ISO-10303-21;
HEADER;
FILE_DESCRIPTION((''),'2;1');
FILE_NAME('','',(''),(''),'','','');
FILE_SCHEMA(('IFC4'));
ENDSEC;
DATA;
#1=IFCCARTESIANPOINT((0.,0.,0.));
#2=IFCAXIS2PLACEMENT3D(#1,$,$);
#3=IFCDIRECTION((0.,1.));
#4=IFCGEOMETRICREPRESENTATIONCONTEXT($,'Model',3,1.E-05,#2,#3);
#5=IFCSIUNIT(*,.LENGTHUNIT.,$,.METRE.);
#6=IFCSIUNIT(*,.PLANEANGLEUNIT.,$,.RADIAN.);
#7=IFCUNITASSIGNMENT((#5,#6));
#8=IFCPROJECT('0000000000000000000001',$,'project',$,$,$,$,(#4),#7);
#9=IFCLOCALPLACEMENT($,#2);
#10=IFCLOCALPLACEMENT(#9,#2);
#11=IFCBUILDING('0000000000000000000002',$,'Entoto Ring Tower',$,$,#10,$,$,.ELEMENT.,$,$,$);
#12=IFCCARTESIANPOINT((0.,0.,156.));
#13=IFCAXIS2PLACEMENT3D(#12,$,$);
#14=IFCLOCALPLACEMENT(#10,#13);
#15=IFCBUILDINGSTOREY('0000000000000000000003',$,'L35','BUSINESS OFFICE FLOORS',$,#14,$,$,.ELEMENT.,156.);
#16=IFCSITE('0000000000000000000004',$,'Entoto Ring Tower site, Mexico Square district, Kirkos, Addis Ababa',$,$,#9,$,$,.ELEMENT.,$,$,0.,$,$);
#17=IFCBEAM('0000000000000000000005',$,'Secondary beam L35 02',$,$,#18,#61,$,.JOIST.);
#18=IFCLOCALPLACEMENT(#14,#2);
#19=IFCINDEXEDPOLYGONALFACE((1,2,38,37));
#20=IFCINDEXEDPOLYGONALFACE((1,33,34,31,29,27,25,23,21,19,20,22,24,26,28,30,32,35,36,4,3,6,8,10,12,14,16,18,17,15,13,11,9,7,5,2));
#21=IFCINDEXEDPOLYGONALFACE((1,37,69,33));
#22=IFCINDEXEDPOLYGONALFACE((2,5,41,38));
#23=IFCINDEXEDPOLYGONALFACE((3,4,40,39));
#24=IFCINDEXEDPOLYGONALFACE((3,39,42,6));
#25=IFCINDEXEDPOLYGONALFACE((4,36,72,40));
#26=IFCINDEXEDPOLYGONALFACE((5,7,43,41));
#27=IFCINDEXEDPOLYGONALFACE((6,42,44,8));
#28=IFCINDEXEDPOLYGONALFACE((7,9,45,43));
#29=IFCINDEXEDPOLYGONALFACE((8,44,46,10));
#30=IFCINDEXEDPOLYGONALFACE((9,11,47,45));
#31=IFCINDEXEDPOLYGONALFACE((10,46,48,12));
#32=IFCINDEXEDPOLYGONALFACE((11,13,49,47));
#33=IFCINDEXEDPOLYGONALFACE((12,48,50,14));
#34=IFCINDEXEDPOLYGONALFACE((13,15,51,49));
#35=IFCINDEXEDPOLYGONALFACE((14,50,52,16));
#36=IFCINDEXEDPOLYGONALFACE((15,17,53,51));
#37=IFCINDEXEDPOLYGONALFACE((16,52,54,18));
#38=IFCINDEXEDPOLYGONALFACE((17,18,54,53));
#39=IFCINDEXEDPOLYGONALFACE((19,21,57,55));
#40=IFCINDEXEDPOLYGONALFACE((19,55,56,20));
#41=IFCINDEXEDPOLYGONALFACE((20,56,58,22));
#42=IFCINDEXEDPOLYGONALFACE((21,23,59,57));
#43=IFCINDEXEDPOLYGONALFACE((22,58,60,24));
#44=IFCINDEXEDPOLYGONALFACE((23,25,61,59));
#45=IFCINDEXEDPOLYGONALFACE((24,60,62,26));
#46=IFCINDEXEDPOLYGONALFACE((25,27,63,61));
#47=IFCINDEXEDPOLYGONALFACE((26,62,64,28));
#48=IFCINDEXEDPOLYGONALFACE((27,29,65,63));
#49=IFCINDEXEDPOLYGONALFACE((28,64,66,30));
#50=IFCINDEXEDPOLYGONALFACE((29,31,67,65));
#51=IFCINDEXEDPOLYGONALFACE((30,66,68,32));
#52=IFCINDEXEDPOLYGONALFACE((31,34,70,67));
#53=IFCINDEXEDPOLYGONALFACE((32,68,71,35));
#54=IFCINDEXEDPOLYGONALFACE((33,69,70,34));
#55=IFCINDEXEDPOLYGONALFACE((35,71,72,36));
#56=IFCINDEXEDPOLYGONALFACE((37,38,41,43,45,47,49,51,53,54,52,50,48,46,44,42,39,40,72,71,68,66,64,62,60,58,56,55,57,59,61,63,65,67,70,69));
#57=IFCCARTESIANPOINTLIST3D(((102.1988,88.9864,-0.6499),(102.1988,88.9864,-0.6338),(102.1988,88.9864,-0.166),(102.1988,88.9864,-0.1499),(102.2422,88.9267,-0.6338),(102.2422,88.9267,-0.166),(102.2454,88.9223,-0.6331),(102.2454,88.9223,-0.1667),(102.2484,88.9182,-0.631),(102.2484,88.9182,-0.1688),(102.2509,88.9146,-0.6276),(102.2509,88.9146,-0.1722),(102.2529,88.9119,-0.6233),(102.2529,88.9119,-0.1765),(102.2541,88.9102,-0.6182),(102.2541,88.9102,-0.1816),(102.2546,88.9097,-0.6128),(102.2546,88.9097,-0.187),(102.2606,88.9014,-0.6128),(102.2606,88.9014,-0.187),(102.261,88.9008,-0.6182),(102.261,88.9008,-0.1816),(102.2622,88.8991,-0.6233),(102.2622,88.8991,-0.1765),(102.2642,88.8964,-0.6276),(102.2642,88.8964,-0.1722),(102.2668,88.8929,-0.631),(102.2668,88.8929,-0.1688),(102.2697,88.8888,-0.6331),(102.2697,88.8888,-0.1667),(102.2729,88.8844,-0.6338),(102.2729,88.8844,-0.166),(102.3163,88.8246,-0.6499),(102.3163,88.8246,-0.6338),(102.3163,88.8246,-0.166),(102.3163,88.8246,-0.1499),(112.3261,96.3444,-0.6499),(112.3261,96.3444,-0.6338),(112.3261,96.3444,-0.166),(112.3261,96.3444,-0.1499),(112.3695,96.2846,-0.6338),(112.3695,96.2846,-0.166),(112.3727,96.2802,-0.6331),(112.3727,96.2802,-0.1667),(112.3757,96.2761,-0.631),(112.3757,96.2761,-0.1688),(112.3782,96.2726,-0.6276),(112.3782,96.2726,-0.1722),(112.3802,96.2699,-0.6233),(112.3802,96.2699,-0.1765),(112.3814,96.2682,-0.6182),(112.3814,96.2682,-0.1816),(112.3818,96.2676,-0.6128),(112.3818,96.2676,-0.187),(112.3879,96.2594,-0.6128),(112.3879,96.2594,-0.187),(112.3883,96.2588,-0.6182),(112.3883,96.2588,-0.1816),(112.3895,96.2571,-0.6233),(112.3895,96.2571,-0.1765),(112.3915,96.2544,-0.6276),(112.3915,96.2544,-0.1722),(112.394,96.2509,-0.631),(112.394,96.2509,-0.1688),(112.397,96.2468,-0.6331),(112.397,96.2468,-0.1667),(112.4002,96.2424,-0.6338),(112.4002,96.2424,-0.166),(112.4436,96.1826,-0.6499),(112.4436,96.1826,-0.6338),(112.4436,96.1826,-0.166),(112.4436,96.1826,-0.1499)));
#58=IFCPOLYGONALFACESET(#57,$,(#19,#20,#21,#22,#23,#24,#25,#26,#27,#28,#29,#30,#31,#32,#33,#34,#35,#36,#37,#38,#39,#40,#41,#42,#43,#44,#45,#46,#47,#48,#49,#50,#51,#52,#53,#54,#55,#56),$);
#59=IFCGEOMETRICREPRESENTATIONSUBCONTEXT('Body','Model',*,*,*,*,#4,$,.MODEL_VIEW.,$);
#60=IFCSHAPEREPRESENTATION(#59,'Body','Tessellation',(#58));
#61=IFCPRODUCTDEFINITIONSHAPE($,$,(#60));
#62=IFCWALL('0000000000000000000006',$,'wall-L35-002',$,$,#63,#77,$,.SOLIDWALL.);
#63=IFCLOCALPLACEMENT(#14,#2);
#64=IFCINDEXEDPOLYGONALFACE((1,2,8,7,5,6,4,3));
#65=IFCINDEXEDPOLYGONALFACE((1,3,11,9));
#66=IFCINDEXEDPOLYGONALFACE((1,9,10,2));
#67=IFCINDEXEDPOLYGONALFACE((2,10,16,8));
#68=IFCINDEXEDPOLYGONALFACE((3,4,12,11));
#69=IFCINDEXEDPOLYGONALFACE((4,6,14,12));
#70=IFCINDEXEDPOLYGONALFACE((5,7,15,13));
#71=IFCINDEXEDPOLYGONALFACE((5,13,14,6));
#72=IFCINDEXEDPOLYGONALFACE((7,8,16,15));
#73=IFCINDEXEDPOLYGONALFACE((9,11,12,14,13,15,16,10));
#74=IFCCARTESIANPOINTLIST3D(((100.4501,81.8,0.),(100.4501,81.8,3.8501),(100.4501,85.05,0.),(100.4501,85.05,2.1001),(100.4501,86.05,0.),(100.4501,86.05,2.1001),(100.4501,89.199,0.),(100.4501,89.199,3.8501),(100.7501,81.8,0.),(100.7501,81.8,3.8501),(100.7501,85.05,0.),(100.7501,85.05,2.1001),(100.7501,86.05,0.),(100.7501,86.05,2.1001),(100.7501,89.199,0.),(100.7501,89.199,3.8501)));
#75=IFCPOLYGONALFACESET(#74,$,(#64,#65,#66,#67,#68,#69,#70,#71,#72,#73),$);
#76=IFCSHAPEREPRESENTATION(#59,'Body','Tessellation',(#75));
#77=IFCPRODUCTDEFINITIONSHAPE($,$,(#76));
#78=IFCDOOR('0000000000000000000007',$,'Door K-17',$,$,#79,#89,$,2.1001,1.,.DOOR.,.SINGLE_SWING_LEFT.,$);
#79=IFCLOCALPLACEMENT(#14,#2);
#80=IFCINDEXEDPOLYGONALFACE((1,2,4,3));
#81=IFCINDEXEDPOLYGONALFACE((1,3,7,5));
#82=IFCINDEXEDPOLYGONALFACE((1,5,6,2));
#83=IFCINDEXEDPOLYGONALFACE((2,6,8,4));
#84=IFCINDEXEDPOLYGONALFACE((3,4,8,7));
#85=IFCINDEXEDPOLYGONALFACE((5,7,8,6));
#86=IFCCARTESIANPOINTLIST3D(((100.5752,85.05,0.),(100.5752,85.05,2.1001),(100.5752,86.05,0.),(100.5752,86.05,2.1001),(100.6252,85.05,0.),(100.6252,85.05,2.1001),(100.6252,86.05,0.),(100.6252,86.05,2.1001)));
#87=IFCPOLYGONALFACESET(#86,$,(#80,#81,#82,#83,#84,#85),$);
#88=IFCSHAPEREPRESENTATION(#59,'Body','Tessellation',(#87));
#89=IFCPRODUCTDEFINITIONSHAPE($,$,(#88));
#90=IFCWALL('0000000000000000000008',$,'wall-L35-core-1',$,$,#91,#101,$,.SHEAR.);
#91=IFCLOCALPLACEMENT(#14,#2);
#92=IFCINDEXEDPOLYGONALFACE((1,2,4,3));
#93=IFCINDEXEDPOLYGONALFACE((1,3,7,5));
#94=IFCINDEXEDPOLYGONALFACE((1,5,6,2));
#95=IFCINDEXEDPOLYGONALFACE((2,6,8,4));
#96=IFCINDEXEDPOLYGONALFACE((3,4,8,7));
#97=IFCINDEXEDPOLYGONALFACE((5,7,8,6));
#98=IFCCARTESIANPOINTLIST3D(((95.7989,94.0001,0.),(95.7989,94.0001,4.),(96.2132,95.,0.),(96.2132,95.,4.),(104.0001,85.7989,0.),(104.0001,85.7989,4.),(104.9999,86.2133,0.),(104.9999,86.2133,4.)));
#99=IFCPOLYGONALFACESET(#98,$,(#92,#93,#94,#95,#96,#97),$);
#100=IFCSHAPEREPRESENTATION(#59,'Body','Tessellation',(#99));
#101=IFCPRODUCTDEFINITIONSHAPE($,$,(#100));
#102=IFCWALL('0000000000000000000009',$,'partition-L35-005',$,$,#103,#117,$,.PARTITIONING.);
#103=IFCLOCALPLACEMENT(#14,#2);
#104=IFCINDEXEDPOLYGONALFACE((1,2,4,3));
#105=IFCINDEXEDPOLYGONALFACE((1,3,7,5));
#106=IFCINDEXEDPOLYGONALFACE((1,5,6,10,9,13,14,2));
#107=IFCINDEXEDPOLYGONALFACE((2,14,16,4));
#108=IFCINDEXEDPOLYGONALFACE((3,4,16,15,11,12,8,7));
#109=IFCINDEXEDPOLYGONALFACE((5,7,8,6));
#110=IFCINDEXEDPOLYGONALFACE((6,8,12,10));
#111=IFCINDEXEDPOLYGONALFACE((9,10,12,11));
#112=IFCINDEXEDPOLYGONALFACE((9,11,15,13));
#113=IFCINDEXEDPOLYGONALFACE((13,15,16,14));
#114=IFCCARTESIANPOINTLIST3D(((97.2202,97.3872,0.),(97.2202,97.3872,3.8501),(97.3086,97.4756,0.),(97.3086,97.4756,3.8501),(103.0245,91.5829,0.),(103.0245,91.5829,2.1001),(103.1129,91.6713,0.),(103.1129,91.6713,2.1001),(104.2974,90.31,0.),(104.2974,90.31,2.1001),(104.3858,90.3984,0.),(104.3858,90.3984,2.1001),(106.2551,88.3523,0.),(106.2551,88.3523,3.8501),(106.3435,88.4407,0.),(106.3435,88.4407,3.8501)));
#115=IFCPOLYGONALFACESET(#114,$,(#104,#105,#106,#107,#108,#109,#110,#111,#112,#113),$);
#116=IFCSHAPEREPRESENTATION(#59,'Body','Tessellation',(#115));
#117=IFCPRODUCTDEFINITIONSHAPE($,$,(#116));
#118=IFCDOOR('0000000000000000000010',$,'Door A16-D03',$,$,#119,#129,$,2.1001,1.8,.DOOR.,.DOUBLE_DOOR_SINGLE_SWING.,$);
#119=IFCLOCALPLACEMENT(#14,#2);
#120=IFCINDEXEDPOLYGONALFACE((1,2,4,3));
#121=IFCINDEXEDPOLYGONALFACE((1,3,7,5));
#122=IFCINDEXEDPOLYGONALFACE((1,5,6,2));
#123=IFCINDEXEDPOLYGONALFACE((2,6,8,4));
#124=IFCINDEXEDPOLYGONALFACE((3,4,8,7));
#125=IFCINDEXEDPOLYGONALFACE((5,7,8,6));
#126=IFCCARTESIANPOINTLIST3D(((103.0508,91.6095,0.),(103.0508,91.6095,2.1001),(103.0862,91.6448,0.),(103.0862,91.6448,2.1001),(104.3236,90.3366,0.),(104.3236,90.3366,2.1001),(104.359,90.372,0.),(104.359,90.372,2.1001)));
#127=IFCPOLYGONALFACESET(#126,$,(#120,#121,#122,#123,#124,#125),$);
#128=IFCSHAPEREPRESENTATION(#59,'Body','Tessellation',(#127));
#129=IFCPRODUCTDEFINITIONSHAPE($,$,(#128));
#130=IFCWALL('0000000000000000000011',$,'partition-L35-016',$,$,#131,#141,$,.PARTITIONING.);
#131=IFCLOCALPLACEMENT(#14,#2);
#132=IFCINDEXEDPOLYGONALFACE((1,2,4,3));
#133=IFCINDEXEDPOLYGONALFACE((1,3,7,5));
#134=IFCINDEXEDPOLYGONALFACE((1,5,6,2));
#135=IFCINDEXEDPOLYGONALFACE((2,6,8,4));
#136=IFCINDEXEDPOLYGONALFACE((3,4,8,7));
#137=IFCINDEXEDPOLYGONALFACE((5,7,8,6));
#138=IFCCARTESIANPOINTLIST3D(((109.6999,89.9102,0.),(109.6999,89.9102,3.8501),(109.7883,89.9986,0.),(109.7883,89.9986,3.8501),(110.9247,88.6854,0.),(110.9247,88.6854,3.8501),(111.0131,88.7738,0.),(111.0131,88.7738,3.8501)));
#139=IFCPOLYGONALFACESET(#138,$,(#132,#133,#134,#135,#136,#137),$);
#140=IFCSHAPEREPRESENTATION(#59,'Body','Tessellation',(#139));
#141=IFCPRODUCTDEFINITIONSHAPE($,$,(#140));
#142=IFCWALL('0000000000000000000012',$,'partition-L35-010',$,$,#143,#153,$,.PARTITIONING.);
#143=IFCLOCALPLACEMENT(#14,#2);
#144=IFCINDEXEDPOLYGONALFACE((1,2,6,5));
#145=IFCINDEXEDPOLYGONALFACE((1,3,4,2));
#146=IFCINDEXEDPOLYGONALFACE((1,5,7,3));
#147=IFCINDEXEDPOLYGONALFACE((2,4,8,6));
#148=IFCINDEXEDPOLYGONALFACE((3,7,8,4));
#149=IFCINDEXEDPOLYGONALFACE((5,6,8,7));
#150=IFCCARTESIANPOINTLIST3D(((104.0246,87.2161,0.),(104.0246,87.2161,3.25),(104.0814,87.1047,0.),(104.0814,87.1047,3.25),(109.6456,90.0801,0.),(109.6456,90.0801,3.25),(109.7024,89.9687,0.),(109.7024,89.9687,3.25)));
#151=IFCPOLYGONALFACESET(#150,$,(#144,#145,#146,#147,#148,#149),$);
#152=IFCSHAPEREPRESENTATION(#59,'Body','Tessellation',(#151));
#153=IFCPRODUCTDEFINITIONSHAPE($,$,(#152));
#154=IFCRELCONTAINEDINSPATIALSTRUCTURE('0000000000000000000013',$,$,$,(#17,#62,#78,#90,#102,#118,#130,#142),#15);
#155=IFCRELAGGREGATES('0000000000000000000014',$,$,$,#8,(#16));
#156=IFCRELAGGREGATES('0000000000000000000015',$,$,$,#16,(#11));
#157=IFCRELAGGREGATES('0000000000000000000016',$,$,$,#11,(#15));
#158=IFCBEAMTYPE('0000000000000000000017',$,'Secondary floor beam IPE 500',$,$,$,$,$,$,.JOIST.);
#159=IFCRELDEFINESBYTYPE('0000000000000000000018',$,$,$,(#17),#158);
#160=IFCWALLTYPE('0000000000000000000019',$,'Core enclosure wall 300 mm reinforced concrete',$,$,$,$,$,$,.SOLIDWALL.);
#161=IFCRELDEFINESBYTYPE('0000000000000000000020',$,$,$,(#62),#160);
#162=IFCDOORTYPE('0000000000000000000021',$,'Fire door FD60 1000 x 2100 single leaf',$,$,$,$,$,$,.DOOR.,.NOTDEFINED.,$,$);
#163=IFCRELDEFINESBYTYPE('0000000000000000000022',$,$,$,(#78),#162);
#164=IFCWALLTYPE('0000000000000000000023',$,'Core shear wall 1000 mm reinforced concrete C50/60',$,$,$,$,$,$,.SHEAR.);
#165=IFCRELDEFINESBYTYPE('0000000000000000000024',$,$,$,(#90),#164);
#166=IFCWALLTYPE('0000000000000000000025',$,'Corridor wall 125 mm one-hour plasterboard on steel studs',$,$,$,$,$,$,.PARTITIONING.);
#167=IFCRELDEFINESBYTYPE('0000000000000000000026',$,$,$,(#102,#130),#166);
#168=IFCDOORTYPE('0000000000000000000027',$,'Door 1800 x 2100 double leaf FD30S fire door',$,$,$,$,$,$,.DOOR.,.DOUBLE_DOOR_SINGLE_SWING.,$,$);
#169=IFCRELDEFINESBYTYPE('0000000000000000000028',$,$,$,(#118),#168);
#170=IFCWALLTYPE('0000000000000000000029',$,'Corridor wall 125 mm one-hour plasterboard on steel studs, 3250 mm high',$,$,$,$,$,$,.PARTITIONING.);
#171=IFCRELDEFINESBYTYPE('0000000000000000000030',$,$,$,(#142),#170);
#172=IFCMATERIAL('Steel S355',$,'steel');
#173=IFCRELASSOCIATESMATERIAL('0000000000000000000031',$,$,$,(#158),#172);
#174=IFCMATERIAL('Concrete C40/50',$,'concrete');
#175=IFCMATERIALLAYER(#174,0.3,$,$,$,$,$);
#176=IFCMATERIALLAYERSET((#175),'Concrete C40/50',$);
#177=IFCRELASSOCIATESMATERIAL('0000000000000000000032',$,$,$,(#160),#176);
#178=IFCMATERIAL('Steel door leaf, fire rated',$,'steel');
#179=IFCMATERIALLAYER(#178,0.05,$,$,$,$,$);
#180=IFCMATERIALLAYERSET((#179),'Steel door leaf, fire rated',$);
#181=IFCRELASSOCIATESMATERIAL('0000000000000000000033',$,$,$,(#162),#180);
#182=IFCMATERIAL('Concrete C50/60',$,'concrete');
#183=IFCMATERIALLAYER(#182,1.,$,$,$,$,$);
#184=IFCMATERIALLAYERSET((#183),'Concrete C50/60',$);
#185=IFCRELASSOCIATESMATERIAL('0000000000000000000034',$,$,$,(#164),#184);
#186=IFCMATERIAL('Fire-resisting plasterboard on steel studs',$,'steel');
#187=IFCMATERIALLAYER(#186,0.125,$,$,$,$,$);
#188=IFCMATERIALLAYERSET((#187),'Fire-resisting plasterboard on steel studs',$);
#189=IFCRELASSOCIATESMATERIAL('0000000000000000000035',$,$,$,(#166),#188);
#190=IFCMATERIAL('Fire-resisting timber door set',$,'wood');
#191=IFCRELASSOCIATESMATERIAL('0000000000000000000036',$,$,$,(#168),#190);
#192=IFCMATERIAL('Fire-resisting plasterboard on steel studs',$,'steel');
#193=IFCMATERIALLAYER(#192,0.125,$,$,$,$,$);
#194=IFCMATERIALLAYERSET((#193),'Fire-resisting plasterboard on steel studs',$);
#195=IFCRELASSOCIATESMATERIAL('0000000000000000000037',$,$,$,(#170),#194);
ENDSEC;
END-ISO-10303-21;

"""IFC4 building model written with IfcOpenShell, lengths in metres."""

from ifc_helpers import new_model, si_unit, direction, frame, frame_2d, origin, origin_2d, place, context, subcontext, project, spatial, polyline, rectangle, i_section, outline, extrude, material, layer, layer_set, material_profile, profile_set, type_object, element, fill, save


model = new_model("IFC4")

# Units and contexts
model_context = context("Model", 3, precision=1e-05, world=origin(), true_north=direction((0.0, 1.0)))
body_context = subcontext(model_context, "Body", "Model", "MODEL_VIEW")
ifc_project = project(units=[si_unit("LENGTHUNIT", "METRE"), si_unit("PLANEANGLEUNIT", "RADIAN")], contexts=[model_context])

# Site, building, storey
site_placement = place(None, origin())
site = spatial("IfcSite", under=ifc_project, at=site_placement, Name="Entoto Ring Tower site, Mexico Square district, Kirkos, Addis Ababa", CompositionType="ELEMENT", RefElevation=0.0)
building_placement = place(site_placement, origin())
building = spatial("IfcBuilding", under=site, at=building_placement, Name="Entoto Ring Tower", CompositionType="ELEMENT")
storey_placement = place(building_placement, frame((0.0, 0.0, 156.0)))
storey = spatial("IfcBuildingStorey", under=building, at=storey_placement, Name="L35", Description="BUSINESS OFFICE FLOORS", CompositionType="ELEMENT", Elevation=156.0)

# Beam
ifc_material_1 = material(Name="Steel S355", Category="steel")
ifc_material_profile_1 = material_profile(ifc_material_1, i_section(OverallWidth=0.2, OverallDepth=0.5, WebThickness=0.0103, FlangeThickness=0.0161, FilletRadius=0.021, at=origin_2d()), Name="IPE 500")
ifc_profile_set_1 = profile_set([ifc_material_profile_1], Name="Steel S355")
beam_type_1 = type_object("IfcBeamType", Name="Secondary floor beam IPE 500", PredefinedType="JOIST", material=ifc_profile_set_1)
beam_1_placement = place(storey_placement, frame((102.2576, 88.9055, -0.3999), z_axis=(0.809014, 0.587789, 0.0), x_axis=(-0.587789, 0.809014, 0.0)))
element("IfcBeam", 1, at=beam_1_placement, inside=storey, type_object=beam_type_1, Name="Secondary beam L35 02", PredefinedType="JOIST", context=body_context, shape_type="SweptSolid", body=[
    extrude(i_section(OverallWidth=0.2, OverallDepth=0.5, WebThickness=0.0103, FlangeThickness=0.0161, FilletRadius=0.021, at=origin_2d()), origin(), (0.0, 0.0, 1.0), 12.5181),
])

# Wall, opening, door
ifc_material_2 = material(Name="Concrete C40/50", Category="concrete")
ifc_layer_1 = layer(ifc_material_2, 0.3)
ifc_layer_set_1 = layer_set([ifc_layer_1], Name="Concrete C40/50")
wall_type_1 = type_object("IfcWallType", Name="Core enclosure wall 300 mm reinforced concrete", PredefinedType="SOLIDWALL", material=ifc_layer_set_1)
wall_1_placement = place(storey_placement, frame((100.6001, 81.8, 0.0), z_axis=(0.0, 0.0, 1.0), x_axis=(0.0, 1.0, 0.0)))
wall_1 = element("IfcWall", 2, at=wall_1_placement, inside=storey, type_object=wall_type_1, Name="wall-L35-002", PredefinedType="SOLIDWALL", context=body_context, shape_type="SweptSolid", body=[
    extrude(rectangle(XDim=7.3989, YDim=0.3, at=frame_2d((3.6995, 0.0))), origin(), (0.0, 0.0, 1.0), 3.8501),
])
opening_1_placement = place(wall_1_placement, frame((3.25, 0.0, 0.0)))
opening_1 = element("IfcOpeningElement", 3, at=opening_1_placement, cuts=wall_1, PredefinedType="OPENING", context=body_context, shape_type="SweptSolid", body=[
    extrude(rectangle(XDim=1.0, YDim=2.1001, at=frame_2d((0.5, 1.05))), frame((0.0, 0.1602, 0.0), z_axis=(0.0, -1.0, 0.0), x_axis=(1.0, 0.0, 0.0)), (0.0, 0.0, 1.0), 0.3201),
])
ifc_material_3 = material(Name="Steel door leaf, fire rated", Category="steel")
ifc_layer_2 = layer(ifc_material_3, 0.05)
ifc_layer_set_2 = layer_set([ifc_layer_2], Name="Steel door leaf, fire rated")
door_type_1 = type_object("IfcDoorType", Name="Fire door FD60 1000 x 2100 single leaf", OperationType="NOTDEFINED", PredefinedType="DOOR", material=ifc_layer_set_2)
door_1_placement = place(opening_1_placement, origin())
door_1 = element("IfcDoor", 4, at=door_1_placement, inside=storey, type_object=door_type_1, Name="Door K-17", OperationType="SINGLE_SWING_LEFT", OverallHeight=2.1001, OverallWidth=1.0, PredefinedType="DOOR", context=body_context, shape_type="SweptSolid", body=[
    extrude(rectangle(XDim=1.0, YDim=2.1001, at=frame_2d((0.5, 1.05))), frame((0.0, 0.0249, 0.0), z_axis=(0.0, -1.0, 0.0), x_axis=(1.0, 0.0, 0.0)), (0.0, 0.0, 1.0), 0.05),
])
fill(opening_1, door_1)

# Wall
ifc_material_4 = material(Name="Concrete C50/60", Category="concrete")
ifc_layer_3 = layer(ifc_material_4, 1.0)
ifc_layer_set_3 = layer_set([ifc_layer_3], Name="Concrete C50/60")
wall_type_2 = type_object("IfcWallType", Name="Core shear wall 1000 mm reinforced concrete C50/60", PredefinedType="SHEAR", material=ifc_layer_set_3)
wall_2_placement = place(storey_placement, frame((104.5, 86.0061, 0.0), z_axis=(0.0, 0.0, 1.0), x_axis=(-0.707107, 0.707107, 0.0)))
element("IfcWall", 5, at=wall_2_placement, inside=storey, type_object=wall_type_2, Name="wall-L35-core-1", PredefinedType="SHEAR", context=body_context, shape_type="SweptSolid", body=[
    extrude(outline(polyline([(-0.207, -0.5), (12.2192, -0.5), (11.8052, 0.5), (0.207, 0.5), (-0.207, -0.5)])), origin(), (0.0, 0.0, 1.0), 4.0),
])

# Wall, opening, door
ifc_material_5 = material(Name="Fire-resisting plasterboard on steel studs", Category="steel")
ifc_layer_4 = layer(ifc_material_5, 0.125)
ifc_layer_set_4 = layer_set([ifc_layer_4], Name="Fire-resisting plasterboard on steel studs")
wall_type_3 = type_object("IfcWallType", Name="Corridor wall 125 mm one-hour plasterboard on steel studs", PredefinedType="PARTITIONING", material=ifc_layer_set_4)
wall_3_placement = place(storey_placement, frame((106.2993, 88.3965, 0.0), z_axis=(0.0, 0.0, 1.0), x_axis=(-0.707107, 0.707107, 0.0)))
wall_3 = element("IfcWall", 6, at=wall_3_placement, inside=storey, type_object=wall_type_3, Name="partition-L35-005", PredefinedType="PARTITIONING", context=body_context, shape_type="SweptSolid", body=[
    extrude(rectangle(XDim=12.7773, YDim=0.125, at=frame_2d((6.3887, 0.0))), origin(), (0.0, 0.0, 1.0), 3.8501),
])
opening_2_placement = place(wall_3_placement, frame((2.7688, 0.0, 0.0)))
opening_2 = element("IfcOpeningElement", 7, at=opening_2_placement, cuts=wall_3, PredefinedType="OPENING", context=body_context, shape_type="SweptSolid", body=[
    extrude(rectangle(XDim=1.8, YDim=2.1001, at=frame_2d((0.8999, 1.05))), frame((0.0, 0.0725, 0.0), z_axis=(0.0, -1.0, 0.0), x_axis=(1.0, 0.0, 0.0)), (0.0, 0.0, 1.0), 0.145),
])
ifc_material_6 = material(Name="Fire-resisting timber door set", Category="wood")
door_type_2 = type_object("IfcDoorType", Name="Door 1800 x 2100 double leaf FD30S fire door", OperationType="DOUBLE_DOOR_SINGLE_SWING", PredefinedType="DOOR", material=ifc_material_6)
door_2_placement = place(opening_2_placement, frame((1.8, 0.0, 0.0), z_axis=(0.0, 0.0, 1.0), x_axis=(-1.0, 0.0, 0.0)))
door_2 = element("IfcDoor", 8, at=door_2_placement, inside=storey, type_object=door_type_2, Name="Door A16-D03", OperationType="DOUBLE_DOOR_SINGLE_SWING", OverallHeight=2.1001, OverallWidth=1.8, PredefinedType="DOOR", context=body_context, shape_type="SweptSolid", body=[
    extrude(rectangle(XDim=1.8, YDim=2.1001, at=frame_2d((0.8999, 1.05))), frame((0.0, 0.0249, 0.0), z_axis=(0.0, -1.0, 0.0), x_axis=(1.0, 0.0, 0.0)), (0.0, 0.0, 1.0), 0.05),
])
fill(opening_2, door_2)

# Walls
wall_4_placement = place(storey_placement, frame((110.969, 88.7295, 0.0), z_axis=(0.0, 0.0, 1.0), x_axis=(-0.707107, 0.707107, 0.0)))
element("IfcWall", 9, at=wall_4_placement, inside=storey, type_object=wall_type_3, Name="partition-L35-016", PredefinedType="PARTITIONING", context=body_context, shape_type="SweptSolid", body=[
    extrude(rectangle(XDim=1.7322, YDim=0.125, at=frame_2d((0.8662, 0.0))), origin(), (0.0, 0.0, 1.0), 3.8501),
])
ifc_material_7 = material(Name="Fire-resisting plasterboard on steel studs", Category="steel")
ifc_layer_5 = layer(ifc_material_7, 0.125)
ifc_layer_set_5 = layer_set([ifc_layer_5], Name="Fire-resisting plasterboard on steel studs")
wall_type_4 = type_object("IfcWallType", Name="Corridor wall 125 mm one-hour plasterboard on steel studs, 3250 mm high", PredefinedType="PARTITIONING", material=ifc_layer_set_5)
wall_5_placement = place(storey_placement, frame((104.053, 87.1604, 0.0), z_axis=(0.0, 0.0, 1.0), x_axis=(0.891011, 0.453981, 0.0)))
element("IfcWall", 10, at=wall_5_placement, inside=storey, type_object=wall_type_4, Name="partition-L35-010", PredefinedType="PARTITIONING", context=body_context, shape_type="SweptSolid", body=[
    extrude(rectangle(XDim=6.3086, YDim=0.125, at=frame_2d((3.1543, 0.0))), origin(), (0.0, 0.0, 1.0), 3.25),
])

save(model, "model.ifc")
